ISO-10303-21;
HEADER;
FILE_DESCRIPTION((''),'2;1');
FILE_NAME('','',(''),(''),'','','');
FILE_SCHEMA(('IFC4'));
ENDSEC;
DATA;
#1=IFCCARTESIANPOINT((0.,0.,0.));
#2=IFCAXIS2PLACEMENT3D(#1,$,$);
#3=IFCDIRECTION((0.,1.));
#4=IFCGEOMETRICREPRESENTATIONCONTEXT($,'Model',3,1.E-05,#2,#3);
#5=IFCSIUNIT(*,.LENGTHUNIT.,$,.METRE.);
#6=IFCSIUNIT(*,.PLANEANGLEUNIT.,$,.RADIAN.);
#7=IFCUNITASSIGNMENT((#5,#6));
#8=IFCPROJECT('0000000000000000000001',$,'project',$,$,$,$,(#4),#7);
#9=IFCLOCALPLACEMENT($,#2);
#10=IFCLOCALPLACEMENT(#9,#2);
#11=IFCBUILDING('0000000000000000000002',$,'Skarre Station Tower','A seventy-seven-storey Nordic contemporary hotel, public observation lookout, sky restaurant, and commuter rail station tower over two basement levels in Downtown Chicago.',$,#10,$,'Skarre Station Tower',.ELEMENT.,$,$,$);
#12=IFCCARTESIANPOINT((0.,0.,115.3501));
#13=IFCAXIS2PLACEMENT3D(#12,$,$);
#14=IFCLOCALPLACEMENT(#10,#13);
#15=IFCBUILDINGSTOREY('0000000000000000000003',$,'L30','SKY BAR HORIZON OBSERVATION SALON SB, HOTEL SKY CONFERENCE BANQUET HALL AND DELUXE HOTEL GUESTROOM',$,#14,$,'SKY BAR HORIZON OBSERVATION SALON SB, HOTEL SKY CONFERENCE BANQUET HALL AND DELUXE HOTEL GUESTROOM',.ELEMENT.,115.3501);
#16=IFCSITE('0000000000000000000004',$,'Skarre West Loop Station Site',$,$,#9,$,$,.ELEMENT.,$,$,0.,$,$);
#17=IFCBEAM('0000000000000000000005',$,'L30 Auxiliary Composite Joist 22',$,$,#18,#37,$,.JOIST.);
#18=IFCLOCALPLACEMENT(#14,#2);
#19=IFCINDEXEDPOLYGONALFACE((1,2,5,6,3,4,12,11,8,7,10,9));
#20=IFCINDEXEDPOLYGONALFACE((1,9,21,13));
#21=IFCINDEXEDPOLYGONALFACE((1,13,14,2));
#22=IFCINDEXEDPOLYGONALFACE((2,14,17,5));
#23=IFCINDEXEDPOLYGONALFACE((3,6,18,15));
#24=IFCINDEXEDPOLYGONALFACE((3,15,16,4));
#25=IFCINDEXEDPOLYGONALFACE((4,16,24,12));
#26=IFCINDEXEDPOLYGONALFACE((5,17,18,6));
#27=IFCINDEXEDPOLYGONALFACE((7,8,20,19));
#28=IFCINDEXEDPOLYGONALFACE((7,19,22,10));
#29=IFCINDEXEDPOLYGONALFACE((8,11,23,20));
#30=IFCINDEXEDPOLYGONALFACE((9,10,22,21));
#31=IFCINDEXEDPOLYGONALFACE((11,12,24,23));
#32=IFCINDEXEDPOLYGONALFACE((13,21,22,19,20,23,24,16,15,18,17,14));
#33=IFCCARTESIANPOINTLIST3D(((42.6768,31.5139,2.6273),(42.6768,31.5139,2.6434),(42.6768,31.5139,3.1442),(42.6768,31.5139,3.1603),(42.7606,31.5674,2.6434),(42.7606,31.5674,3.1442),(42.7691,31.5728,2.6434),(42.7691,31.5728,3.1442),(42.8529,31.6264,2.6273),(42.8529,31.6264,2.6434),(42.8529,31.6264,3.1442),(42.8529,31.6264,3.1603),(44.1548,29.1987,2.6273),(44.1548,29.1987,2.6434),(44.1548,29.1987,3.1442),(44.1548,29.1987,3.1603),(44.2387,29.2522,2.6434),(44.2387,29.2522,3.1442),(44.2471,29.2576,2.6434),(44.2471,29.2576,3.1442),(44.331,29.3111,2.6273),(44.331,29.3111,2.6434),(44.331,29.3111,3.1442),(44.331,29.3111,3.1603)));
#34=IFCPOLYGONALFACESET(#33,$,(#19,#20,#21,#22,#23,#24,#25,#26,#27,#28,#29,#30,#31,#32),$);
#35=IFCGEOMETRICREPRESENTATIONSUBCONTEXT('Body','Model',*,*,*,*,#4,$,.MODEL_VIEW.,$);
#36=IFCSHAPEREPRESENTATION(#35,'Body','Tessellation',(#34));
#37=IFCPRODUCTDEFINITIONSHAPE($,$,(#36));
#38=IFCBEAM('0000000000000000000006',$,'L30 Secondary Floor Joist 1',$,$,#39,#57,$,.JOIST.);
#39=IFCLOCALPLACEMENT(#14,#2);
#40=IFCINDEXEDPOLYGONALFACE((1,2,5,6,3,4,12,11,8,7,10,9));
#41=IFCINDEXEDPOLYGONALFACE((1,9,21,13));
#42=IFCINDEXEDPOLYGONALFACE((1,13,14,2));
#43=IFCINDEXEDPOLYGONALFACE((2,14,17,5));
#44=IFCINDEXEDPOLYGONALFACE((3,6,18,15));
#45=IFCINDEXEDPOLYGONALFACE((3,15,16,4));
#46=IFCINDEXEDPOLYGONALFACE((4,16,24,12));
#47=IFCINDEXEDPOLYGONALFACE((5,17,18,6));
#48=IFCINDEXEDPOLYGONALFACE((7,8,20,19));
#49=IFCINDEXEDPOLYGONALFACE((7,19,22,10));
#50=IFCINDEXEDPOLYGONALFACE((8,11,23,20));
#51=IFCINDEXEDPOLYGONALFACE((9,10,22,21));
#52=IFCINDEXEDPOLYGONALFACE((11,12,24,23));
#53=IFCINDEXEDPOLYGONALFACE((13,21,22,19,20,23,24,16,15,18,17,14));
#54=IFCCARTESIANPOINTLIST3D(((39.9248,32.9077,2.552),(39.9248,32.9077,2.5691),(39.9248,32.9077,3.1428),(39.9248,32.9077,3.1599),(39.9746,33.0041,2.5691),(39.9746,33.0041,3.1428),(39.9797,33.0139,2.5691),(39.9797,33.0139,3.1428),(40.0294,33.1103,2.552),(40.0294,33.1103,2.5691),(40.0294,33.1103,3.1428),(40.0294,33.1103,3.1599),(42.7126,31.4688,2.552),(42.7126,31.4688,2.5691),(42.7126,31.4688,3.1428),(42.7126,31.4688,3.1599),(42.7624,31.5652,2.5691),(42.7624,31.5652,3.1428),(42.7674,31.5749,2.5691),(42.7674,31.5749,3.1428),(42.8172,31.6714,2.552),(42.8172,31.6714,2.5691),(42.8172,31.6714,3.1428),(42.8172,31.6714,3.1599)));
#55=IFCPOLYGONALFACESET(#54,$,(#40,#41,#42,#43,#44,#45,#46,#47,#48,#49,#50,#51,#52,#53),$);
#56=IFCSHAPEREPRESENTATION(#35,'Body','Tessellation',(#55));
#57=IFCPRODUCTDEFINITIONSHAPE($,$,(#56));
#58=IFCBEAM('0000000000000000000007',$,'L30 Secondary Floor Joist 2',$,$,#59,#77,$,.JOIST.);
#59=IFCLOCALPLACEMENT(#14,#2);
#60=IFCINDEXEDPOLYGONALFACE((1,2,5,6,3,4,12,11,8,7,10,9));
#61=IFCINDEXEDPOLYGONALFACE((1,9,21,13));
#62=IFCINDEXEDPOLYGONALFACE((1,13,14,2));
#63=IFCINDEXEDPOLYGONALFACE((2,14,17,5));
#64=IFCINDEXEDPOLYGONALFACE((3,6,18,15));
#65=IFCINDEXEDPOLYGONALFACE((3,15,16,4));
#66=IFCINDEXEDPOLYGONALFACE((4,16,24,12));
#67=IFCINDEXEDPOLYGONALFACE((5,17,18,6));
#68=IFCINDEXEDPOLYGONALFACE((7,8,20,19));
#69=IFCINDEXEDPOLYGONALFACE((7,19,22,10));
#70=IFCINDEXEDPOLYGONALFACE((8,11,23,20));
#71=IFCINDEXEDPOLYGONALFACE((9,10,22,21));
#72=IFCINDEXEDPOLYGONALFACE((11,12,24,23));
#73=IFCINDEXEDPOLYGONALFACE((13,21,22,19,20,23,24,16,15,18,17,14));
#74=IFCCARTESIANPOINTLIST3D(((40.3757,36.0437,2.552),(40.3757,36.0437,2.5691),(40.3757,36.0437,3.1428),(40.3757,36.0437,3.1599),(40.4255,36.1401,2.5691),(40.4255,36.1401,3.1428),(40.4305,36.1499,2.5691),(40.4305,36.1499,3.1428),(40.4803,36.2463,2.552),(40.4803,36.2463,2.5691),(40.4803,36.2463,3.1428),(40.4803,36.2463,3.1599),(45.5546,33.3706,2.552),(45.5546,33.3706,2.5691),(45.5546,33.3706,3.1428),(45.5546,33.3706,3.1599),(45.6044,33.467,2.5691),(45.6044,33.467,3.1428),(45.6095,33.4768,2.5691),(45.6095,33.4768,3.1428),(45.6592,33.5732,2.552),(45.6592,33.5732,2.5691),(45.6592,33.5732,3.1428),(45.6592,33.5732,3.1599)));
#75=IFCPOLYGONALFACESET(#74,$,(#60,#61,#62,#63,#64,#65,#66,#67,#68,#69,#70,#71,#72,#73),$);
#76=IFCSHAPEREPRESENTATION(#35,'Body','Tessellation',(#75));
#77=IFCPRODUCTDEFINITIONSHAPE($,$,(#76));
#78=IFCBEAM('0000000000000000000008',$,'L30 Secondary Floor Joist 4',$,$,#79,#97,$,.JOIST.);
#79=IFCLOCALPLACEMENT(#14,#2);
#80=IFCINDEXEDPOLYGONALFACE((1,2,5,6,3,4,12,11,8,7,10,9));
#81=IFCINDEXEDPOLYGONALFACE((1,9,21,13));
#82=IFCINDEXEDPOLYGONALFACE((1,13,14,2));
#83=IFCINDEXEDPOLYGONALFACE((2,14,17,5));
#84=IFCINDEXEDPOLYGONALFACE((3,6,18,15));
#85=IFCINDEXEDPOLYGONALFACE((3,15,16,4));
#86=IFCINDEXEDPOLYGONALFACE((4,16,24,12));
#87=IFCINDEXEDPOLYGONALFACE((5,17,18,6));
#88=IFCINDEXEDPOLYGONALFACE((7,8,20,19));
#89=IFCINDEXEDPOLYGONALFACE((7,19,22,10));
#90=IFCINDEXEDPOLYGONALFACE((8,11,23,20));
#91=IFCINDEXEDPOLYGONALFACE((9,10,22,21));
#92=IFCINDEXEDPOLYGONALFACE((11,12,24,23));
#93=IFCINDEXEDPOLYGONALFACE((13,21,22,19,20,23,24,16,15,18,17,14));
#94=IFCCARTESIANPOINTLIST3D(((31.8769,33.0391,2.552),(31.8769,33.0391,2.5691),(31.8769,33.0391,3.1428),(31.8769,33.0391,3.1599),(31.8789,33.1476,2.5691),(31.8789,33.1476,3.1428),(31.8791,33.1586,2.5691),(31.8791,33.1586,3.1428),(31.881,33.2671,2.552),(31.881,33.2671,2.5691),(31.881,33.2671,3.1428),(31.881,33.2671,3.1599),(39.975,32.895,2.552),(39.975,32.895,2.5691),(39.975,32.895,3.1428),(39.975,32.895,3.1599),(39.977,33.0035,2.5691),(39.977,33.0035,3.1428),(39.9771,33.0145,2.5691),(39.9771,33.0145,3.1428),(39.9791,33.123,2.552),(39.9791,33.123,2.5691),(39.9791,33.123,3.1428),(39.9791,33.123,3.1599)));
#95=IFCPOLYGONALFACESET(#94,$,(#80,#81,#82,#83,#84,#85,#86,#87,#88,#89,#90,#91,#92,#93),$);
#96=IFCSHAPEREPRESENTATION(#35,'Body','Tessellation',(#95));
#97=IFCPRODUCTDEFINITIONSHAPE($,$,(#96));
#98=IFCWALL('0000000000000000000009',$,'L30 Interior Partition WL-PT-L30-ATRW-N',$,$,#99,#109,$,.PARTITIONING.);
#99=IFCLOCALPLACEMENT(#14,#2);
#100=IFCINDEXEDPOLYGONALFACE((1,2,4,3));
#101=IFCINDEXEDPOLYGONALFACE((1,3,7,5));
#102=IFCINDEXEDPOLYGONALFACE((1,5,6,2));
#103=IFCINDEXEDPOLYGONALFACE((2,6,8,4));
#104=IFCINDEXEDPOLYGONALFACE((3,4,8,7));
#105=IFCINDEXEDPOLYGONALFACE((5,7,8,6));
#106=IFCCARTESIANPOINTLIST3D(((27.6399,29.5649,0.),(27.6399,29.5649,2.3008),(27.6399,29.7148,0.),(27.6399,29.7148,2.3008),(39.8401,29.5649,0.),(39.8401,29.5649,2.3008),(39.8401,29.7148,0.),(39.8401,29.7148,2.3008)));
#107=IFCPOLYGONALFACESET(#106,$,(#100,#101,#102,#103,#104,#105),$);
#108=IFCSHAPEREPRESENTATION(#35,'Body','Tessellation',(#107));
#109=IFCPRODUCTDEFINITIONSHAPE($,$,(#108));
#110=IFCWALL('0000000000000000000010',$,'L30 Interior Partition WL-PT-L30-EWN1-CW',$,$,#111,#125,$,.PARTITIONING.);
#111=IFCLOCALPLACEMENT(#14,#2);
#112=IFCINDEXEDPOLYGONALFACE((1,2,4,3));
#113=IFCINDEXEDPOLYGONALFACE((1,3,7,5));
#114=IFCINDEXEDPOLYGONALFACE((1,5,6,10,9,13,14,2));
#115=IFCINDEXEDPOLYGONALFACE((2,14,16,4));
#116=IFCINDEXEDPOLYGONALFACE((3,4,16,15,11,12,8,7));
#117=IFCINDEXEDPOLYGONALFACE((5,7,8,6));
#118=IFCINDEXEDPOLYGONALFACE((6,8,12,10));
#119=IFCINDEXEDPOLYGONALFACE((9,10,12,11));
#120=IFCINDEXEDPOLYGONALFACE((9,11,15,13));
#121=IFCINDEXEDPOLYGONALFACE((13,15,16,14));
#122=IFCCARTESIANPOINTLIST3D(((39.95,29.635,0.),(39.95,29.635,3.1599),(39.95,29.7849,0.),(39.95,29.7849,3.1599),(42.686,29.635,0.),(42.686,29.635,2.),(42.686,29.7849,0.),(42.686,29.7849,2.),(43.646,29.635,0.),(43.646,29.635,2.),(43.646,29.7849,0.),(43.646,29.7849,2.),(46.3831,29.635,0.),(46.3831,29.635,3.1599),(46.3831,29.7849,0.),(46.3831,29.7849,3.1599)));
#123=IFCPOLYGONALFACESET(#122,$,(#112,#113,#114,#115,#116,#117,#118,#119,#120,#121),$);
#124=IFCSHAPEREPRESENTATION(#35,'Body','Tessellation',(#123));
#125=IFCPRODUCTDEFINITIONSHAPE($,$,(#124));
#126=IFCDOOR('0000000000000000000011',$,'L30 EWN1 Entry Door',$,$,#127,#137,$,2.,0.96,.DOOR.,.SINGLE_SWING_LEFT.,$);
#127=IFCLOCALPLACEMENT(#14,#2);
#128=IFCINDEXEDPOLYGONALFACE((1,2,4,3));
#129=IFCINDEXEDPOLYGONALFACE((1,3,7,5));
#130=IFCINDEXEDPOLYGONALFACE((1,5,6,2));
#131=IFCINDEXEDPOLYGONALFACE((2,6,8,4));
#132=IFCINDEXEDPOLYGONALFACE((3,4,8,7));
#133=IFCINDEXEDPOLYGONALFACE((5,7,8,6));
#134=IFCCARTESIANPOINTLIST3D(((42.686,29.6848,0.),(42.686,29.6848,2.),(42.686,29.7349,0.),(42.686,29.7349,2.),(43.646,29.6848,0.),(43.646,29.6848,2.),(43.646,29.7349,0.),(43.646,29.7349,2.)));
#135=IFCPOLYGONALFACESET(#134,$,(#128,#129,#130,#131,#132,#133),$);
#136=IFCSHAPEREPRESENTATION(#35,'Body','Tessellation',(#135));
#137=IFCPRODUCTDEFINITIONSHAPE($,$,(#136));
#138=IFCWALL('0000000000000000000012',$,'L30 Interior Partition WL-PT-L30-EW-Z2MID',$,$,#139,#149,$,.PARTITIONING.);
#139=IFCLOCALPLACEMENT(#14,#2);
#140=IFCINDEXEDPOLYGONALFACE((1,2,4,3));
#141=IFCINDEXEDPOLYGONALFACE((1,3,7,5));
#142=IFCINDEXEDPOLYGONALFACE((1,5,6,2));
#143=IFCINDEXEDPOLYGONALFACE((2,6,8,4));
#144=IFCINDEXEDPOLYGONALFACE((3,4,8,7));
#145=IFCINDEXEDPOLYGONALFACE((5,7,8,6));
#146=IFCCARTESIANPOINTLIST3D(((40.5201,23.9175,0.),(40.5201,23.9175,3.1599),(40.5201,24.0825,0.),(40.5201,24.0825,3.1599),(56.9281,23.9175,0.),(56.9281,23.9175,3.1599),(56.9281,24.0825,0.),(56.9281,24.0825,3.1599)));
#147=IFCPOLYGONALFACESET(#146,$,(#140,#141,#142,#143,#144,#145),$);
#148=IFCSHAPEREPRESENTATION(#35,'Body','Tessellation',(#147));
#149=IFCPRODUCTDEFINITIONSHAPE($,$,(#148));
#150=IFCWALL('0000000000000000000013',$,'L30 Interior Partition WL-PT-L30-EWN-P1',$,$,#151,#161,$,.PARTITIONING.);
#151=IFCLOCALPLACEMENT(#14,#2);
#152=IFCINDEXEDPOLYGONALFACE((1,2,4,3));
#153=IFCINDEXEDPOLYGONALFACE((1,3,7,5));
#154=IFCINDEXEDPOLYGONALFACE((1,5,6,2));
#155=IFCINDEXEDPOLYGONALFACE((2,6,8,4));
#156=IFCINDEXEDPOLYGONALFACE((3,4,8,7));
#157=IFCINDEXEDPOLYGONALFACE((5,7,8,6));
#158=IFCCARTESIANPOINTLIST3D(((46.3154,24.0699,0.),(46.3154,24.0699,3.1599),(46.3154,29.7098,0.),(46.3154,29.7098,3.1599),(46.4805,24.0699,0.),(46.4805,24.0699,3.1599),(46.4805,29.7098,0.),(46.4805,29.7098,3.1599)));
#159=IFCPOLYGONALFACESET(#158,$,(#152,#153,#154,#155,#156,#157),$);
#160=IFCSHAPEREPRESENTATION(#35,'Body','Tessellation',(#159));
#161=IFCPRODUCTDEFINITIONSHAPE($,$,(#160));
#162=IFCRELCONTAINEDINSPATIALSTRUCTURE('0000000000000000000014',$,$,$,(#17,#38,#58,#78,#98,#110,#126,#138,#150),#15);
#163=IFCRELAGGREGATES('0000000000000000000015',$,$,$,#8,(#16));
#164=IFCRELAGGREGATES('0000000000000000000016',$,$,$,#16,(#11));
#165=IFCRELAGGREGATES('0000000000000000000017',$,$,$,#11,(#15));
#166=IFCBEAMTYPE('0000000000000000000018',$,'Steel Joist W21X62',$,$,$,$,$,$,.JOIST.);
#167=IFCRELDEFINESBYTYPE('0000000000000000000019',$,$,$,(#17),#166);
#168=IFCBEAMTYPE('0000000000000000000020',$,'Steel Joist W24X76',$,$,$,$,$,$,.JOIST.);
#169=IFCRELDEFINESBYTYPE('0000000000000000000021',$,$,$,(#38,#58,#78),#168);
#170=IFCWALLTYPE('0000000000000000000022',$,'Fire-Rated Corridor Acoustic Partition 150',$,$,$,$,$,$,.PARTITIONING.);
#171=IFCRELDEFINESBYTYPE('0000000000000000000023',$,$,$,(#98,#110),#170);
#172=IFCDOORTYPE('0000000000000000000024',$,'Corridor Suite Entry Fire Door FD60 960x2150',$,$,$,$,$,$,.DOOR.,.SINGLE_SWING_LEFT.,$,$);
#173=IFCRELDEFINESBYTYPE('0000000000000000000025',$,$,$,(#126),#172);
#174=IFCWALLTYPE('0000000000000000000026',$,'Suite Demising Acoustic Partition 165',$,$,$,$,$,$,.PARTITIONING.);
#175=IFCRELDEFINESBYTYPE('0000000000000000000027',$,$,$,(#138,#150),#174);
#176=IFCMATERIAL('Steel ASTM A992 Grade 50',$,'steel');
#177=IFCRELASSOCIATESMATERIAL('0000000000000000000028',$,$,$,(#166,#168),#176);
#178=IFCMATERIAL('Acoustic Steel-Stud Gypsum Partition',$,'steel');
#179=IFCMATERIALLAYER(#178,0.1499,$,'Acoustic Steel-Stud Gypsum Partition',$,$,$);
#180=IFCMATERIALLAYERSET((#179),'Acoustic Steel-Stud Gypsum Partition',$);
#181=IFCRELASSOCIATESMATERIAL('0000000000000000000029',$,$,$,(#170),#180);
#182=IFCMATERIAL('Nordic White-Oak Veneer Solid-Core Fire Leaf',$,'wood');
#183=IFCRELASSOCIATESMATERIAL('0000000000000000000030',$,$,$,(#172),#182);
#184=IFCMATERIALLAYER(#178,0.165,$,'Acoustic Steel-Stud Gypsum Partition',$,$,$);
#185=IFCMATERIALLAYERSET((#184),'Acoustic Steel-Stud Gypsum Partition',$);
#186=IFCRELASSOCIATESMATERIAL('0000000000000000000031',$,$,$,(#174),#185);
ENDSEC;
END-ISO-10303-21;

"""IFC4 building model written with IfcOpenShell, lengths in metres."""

from ifc_helpers import new_model, si_unit, direction, frame, frame_2d, origin, origin_2d, place, context, subcontext, project, spatial, rectangle, i_section, extrude, material, layer, layer_set, material_profile, profile_set, type_object, element, fill, save


model = new_model("IFC4")

# Units and contexts
model_context = context("Model", 3, precision=1e-05, world=origin(), true_north=direction((0.0, 1.0)))
body_context = subcontext(model_context, "Body", "Model", "MODEL_VIEW")
ifc_project = project(units=[si_unit("LENGTHUNIT", "METRE"), si_unit("PLANEANGLEUNIT", "RADIAN")], contexts=[model_context])

# Site, building, storey
site_placement = place(None, origin())
site = spatial("IfcSite", under=ifc_project, at=site_placement, Name="Skarre West Loop Station Site", CompositionType="ELEMENT", RefElevation=0.0)
building_placement = place(site_placement, origin())
building = spatial("IfcBuilding", under=site, at=building_placement, Name="Skarre Station Tower", Description="A seventy-seven-storey Nordic contemporary hotel, public observation lookout, sky restaurant, and commuter rail station tower over two basement levels in Downtown Chicago.", LongName="Skarre Station Tower", CompositionType="ELEMENT")
storey_placement = place(building_placement, frame((0.0, 0.0, 115.3501)))
storey = spatial("IfcBuildingStorey", under=building, at=storey_placement, Name="L30", Description="SKY BAR HORIZON OBSERVATION SALON SB, HOTEL SKY CONFERENCE BANQUET HALL AND DELUXE HOTEL GUESTROOM", LongName="SKY BAR HORIZON OBSERVATION SALON SB, HOTEL SKY CONFERENCE BANQUET HALL AND DELUXE HOTEL GUESTROOM", CompositionType="ELEMENT", Elevation=115.3501)

# Beams
ifc_material_1 = material(Name="Steel ASTM A992 Grade 50", Category="steel")
ifc_material_profile_1 = material_profile(ifc_material_1, i_section(OverallWidth=0.209, OverallDepth=0.533, WebThickness=0.01, FlangeThickness=0.0161, at=origin_2d()), Name="Steel ASTM A992 Grade 50")
ifc_profile_set_1 = profile_set([ifc_material_profile_1], Name="Steel ASTM A992 Grade 50")
beam_type_1 = type_object("IfcBeamType", Name="Steel Joist W21X62", PredefinedType="JOIST", material=ifc_profile_set_1)
beam_1_placement = place(storey_placement, frame((44.2429, 29.2549, 2.8938), z_axis=(-0.5381, 0.842881, 0.0), x_axis=(-0.842881, -0.5381, 0.0)))
element("IfcBeam", 1, at=beam_1_placement, inside=storey, type_object=beam_type_1, Name="L30 Auxiliary Composite Joist 22", PredefinedType="JOIST", context=body_context, shape_type="SweptSolid", body=[
    extrude(i_section(OverallWidth=0.209, OverallDepth=0.533, WebThickness=0.01, FlangeThickness=0.0161, at=origin_2d()), origin(), (0.0, 0.0, 1.0), 2.7468),
])
ifc_material_profile_2 = material_profile(ifc_material_1, i_section(OverallWidth=0.228, OverallDepth=0.6079, WebThickness=0.011, FlangeThickness=0.0171, at=origin_2d()), Name="Steel ASTM A992 Grade 50")
ifc_profile_set_2 = profile_set([ifc_material_profile_2], Name="Steel ASTM A992 Grade 50")
beam_type_2 = type_object("IfcBeamType", Name="Steel Joist W24X76", PredefinedType="JOIST", material=ifc_profile_set_2)
beam_2_placement = place(storey_placement, frame((42.7649, 31.5701, 2.856), z_axis=(-0.88861, 0.458663, 0.0), x_axis=(-0.458663, -0.88861, 0.0)))
element("IfcBeam", 2, at=beam_2_placement, inside=storey, type_object=beam_type_2, Name="L30 Secondary Floor Joist 1", PredefinedType="JOIST", context=body_context, shape_type="SweptSolid", body=[
    extrude(i_section(OverallWidth=0.228, OverallDepth=0.6079, WebThickness=0.011, FlangeThickness=0.0171, at=origin_2d()), origin(), (0.0, 0.0, 1.0), 3.1372),
])
beam_3_placement = place(storey_placement, frame((45.6069, 33.4719, 2.856), z_axis=(-0.888615, 0.458655, 0.0), x_axis=(-0.458655, -0.888615, 0.0)))
element("IfcBeam", 3, at=beam_3_placement, inside=storey, type_object=beam_type_2, Name="L30 Secondary Floor Joist 2", PredefinedType="JOIST", context=body_context, shape_type="SweptSolid", body=[
    extrude(i_section(OverallWidth=0.228, OverallDepth=0.6079, WebThickness=0.011, FlangeThickness=0.0171, at=origin_2d()), origin(), (0.0, 0.0, 1.0), 5.8281),
])
beam_4_placement = place(storey_placement, frame((39.9771, 33.009, 2.856), z_axis=(-0.999842, 0.017784, 0.0), x_axis=(-0.017784, -0.999842, 0.0)))
element("IfcBeam", 4, at=beam_4_placement, inside=storey, type_object=beam_type_2, Name="L30 Secondary Floor Joist 4", PredefinedType="JOIST", context=body_context, shape_type="SweptSolid", body=[
    extrude(i_section(OverallWidth=0.228, OverallDepth=0.6079, WebThickness=0.011, FlangeThickness=0.0171, at=origin_2d()), origin(), (0.0, 0.0, 1.0), 8.0994),
])

# Wall
ifc_material_2 = material(Name="Acoustic Steel-Stud Gypsum Partition", Category="steel")
ifc_layer_1 = layer(ifc_material_2, 0.1499, Name="Acoustic Steel-Stud Gypsum Partition")
ifc_layer_set_1 = layer_set([ifc_layer_1], Name="Acoustic Steel-Stud Gypsum Partition")
wall_type_1 = type_object("IfcWallType", Name="Fire-Rated Corridor Acoustic Partition 150", PredefinedType="PARTITIONING", material=ifc_layer_set_1)
wall_1_placement = place(storey_placement, frame((39.8401, 29.6399, 0.0), z_axis=(0.0, 0.0, 1.0), x_axis=(-1.0, 0.0, 0.0)))
element("IfcWall", 5, at=wall_1_placement, inside=storey, type_object=wall_type_1, Name="L30 Interior Partition WL-PT-L30-ATRW-N", PredefinedType="PARTITIONING", context=body_context, shape_type="SweptSolid", body=[
    extrude(rectangle(XDim=12.2002, YDim=0.1499, at=frame_2d((6.1001, 0.0))), origin(), (0.0, 0.0, 1.0), 2.3008),
])

# Wall, opening, door
wall_2_placement = place(storey_placement, frame((39.95, 29.71, 0.0), z_axis=(0.0, 0.0, 1.0), x_axis=(1.0, 0.0, 0.0)))
wall_2 = element("IfcWall", 6, at=wall_2_placement, inside=storey, type_object=wall_type_1, Name="L30 Interior Partition WL-PT-L30-EWN1-CW", PredefinedType="PARTITIONING", context=body_context, shape_type="SweptSolid", body=[
    extrude(rectangle(XDim=6.4331, YDim=0.1499, at=frame_2d((3.2166, 0.0))), origin(), (0.0, 0.0, 1.0), 3.1599),
])
opening_placement = place(wall_2_placement, frame((2.7361, 0.0, 0.0)))
opening = element("IfcOpeningElement", 7, at=opening_placement, cuts=wall_2, PredefinedType="OPENING", context=body_context, shape_type="SweptSolid", body=[
    extrude(rectangle(XDim=0.96, YDim=2.0, at=frame_2d((0.48, 1.0))), frame((0.0, 0.085, 0.0), z_axis=(0.0, -1.0, 0.0), x_axis=(1.0, 0.0, 0.0)), (0.0, 0.0, 1.0), 0.1699),
])
ifc_material_3 = material(Name="Nordic White-Oak Veneer Solid-Core Fire Leaf", Category="wood")
door_type = type_object("IfcDoorType", Name="Corridor Suite Entry Fire Door FD60 960x2150", OperationType="SINGLE_SWING_LEFT", PredefinedType="DOOR", material=ifc_material_3)
door_placement = place(opening_placement, origin())
door = element("IfcDoor", 8, at=door_placement, inside=storey, type_object=door_type, Name="L30 EWN1 Entry Door", OperationType="SINGLE_SWING_LEFT", OverallHeight=2.0, OverallWidth=0.96, PredefinedType="DOOR", context=body_context, shape_type="SweptSolid", body=[
    extrude(rectangle(XDim=0.96, YDim=2.0, at=frame_2d((0.48, 1.0))), frame((0.0, 0.0249, 0.0), z_axis=(0.0, -1.0, 0.0), x_axis=(1.0, 0.0, 0.0)), (0.0, 0.0, 1.0), 0.05),
])
fill(opening, door)

# Walls
ifc_layer_2 = layer(ifc_material_2, 0.165, Name="Acoustic Steel-Stud Gypsum Partition")
ifc_layer_set_2 = layer_set([ifc_layer_2], Name="Acoustic Steel-Stud Gypsum Partition")
wall_type_2 = type_object("IfcWallType", Name="Suite Demising Acoustic Partition 165", PredefinedType="PARTITIONING", material=ifc_layer_set_2)
wall_3_placement = place(storey_placement, frame((40.52, 24.0, 0.0), z_axis=(0.0, 0.0, 1.0), x_axis=(1.0, 0.0, 0.0)))
element("IfcWall", 9, at=wall_3_placement, inside=storey, type_object=wall_type_2, Name="L30 Interior Partition WL-PT-L30-EW-Z2MID", PredefinedType="PARTITIONING", context=body_context, shape_type="SweptSolid", body=[
    extrude(rectangle(XDim=16.408, YDim=0.165, at=frame_2d((8.2041, 0.0))), origin(), (0.0, 0.0, 1.0), 3.1599),
])
wall_4_placement = place(storey_placement, frame((46.3979, 24.0701, 0.0), z_axis=(0.0, 0.0, 1.0), x_axis=(0.0, 1.0, 0.0)))
element("IfcWall", 10, at=wall_4_placement, inside=storey, type_object=wall_type_2, Name="L30 Interior Partition WL-PT-L30-EWN-P1", PredefinedType="PARTITIONING", context=body_context, shape_type="SweptSolid", body=[
    extrude(rectangle(XDim=5.6399, YDim=0.165, at=frame_2d((2.8198, 0.0))), origin(), (0.0, 0.0, 1.0), 3.1599),
])

save(model, "model.ifc")
